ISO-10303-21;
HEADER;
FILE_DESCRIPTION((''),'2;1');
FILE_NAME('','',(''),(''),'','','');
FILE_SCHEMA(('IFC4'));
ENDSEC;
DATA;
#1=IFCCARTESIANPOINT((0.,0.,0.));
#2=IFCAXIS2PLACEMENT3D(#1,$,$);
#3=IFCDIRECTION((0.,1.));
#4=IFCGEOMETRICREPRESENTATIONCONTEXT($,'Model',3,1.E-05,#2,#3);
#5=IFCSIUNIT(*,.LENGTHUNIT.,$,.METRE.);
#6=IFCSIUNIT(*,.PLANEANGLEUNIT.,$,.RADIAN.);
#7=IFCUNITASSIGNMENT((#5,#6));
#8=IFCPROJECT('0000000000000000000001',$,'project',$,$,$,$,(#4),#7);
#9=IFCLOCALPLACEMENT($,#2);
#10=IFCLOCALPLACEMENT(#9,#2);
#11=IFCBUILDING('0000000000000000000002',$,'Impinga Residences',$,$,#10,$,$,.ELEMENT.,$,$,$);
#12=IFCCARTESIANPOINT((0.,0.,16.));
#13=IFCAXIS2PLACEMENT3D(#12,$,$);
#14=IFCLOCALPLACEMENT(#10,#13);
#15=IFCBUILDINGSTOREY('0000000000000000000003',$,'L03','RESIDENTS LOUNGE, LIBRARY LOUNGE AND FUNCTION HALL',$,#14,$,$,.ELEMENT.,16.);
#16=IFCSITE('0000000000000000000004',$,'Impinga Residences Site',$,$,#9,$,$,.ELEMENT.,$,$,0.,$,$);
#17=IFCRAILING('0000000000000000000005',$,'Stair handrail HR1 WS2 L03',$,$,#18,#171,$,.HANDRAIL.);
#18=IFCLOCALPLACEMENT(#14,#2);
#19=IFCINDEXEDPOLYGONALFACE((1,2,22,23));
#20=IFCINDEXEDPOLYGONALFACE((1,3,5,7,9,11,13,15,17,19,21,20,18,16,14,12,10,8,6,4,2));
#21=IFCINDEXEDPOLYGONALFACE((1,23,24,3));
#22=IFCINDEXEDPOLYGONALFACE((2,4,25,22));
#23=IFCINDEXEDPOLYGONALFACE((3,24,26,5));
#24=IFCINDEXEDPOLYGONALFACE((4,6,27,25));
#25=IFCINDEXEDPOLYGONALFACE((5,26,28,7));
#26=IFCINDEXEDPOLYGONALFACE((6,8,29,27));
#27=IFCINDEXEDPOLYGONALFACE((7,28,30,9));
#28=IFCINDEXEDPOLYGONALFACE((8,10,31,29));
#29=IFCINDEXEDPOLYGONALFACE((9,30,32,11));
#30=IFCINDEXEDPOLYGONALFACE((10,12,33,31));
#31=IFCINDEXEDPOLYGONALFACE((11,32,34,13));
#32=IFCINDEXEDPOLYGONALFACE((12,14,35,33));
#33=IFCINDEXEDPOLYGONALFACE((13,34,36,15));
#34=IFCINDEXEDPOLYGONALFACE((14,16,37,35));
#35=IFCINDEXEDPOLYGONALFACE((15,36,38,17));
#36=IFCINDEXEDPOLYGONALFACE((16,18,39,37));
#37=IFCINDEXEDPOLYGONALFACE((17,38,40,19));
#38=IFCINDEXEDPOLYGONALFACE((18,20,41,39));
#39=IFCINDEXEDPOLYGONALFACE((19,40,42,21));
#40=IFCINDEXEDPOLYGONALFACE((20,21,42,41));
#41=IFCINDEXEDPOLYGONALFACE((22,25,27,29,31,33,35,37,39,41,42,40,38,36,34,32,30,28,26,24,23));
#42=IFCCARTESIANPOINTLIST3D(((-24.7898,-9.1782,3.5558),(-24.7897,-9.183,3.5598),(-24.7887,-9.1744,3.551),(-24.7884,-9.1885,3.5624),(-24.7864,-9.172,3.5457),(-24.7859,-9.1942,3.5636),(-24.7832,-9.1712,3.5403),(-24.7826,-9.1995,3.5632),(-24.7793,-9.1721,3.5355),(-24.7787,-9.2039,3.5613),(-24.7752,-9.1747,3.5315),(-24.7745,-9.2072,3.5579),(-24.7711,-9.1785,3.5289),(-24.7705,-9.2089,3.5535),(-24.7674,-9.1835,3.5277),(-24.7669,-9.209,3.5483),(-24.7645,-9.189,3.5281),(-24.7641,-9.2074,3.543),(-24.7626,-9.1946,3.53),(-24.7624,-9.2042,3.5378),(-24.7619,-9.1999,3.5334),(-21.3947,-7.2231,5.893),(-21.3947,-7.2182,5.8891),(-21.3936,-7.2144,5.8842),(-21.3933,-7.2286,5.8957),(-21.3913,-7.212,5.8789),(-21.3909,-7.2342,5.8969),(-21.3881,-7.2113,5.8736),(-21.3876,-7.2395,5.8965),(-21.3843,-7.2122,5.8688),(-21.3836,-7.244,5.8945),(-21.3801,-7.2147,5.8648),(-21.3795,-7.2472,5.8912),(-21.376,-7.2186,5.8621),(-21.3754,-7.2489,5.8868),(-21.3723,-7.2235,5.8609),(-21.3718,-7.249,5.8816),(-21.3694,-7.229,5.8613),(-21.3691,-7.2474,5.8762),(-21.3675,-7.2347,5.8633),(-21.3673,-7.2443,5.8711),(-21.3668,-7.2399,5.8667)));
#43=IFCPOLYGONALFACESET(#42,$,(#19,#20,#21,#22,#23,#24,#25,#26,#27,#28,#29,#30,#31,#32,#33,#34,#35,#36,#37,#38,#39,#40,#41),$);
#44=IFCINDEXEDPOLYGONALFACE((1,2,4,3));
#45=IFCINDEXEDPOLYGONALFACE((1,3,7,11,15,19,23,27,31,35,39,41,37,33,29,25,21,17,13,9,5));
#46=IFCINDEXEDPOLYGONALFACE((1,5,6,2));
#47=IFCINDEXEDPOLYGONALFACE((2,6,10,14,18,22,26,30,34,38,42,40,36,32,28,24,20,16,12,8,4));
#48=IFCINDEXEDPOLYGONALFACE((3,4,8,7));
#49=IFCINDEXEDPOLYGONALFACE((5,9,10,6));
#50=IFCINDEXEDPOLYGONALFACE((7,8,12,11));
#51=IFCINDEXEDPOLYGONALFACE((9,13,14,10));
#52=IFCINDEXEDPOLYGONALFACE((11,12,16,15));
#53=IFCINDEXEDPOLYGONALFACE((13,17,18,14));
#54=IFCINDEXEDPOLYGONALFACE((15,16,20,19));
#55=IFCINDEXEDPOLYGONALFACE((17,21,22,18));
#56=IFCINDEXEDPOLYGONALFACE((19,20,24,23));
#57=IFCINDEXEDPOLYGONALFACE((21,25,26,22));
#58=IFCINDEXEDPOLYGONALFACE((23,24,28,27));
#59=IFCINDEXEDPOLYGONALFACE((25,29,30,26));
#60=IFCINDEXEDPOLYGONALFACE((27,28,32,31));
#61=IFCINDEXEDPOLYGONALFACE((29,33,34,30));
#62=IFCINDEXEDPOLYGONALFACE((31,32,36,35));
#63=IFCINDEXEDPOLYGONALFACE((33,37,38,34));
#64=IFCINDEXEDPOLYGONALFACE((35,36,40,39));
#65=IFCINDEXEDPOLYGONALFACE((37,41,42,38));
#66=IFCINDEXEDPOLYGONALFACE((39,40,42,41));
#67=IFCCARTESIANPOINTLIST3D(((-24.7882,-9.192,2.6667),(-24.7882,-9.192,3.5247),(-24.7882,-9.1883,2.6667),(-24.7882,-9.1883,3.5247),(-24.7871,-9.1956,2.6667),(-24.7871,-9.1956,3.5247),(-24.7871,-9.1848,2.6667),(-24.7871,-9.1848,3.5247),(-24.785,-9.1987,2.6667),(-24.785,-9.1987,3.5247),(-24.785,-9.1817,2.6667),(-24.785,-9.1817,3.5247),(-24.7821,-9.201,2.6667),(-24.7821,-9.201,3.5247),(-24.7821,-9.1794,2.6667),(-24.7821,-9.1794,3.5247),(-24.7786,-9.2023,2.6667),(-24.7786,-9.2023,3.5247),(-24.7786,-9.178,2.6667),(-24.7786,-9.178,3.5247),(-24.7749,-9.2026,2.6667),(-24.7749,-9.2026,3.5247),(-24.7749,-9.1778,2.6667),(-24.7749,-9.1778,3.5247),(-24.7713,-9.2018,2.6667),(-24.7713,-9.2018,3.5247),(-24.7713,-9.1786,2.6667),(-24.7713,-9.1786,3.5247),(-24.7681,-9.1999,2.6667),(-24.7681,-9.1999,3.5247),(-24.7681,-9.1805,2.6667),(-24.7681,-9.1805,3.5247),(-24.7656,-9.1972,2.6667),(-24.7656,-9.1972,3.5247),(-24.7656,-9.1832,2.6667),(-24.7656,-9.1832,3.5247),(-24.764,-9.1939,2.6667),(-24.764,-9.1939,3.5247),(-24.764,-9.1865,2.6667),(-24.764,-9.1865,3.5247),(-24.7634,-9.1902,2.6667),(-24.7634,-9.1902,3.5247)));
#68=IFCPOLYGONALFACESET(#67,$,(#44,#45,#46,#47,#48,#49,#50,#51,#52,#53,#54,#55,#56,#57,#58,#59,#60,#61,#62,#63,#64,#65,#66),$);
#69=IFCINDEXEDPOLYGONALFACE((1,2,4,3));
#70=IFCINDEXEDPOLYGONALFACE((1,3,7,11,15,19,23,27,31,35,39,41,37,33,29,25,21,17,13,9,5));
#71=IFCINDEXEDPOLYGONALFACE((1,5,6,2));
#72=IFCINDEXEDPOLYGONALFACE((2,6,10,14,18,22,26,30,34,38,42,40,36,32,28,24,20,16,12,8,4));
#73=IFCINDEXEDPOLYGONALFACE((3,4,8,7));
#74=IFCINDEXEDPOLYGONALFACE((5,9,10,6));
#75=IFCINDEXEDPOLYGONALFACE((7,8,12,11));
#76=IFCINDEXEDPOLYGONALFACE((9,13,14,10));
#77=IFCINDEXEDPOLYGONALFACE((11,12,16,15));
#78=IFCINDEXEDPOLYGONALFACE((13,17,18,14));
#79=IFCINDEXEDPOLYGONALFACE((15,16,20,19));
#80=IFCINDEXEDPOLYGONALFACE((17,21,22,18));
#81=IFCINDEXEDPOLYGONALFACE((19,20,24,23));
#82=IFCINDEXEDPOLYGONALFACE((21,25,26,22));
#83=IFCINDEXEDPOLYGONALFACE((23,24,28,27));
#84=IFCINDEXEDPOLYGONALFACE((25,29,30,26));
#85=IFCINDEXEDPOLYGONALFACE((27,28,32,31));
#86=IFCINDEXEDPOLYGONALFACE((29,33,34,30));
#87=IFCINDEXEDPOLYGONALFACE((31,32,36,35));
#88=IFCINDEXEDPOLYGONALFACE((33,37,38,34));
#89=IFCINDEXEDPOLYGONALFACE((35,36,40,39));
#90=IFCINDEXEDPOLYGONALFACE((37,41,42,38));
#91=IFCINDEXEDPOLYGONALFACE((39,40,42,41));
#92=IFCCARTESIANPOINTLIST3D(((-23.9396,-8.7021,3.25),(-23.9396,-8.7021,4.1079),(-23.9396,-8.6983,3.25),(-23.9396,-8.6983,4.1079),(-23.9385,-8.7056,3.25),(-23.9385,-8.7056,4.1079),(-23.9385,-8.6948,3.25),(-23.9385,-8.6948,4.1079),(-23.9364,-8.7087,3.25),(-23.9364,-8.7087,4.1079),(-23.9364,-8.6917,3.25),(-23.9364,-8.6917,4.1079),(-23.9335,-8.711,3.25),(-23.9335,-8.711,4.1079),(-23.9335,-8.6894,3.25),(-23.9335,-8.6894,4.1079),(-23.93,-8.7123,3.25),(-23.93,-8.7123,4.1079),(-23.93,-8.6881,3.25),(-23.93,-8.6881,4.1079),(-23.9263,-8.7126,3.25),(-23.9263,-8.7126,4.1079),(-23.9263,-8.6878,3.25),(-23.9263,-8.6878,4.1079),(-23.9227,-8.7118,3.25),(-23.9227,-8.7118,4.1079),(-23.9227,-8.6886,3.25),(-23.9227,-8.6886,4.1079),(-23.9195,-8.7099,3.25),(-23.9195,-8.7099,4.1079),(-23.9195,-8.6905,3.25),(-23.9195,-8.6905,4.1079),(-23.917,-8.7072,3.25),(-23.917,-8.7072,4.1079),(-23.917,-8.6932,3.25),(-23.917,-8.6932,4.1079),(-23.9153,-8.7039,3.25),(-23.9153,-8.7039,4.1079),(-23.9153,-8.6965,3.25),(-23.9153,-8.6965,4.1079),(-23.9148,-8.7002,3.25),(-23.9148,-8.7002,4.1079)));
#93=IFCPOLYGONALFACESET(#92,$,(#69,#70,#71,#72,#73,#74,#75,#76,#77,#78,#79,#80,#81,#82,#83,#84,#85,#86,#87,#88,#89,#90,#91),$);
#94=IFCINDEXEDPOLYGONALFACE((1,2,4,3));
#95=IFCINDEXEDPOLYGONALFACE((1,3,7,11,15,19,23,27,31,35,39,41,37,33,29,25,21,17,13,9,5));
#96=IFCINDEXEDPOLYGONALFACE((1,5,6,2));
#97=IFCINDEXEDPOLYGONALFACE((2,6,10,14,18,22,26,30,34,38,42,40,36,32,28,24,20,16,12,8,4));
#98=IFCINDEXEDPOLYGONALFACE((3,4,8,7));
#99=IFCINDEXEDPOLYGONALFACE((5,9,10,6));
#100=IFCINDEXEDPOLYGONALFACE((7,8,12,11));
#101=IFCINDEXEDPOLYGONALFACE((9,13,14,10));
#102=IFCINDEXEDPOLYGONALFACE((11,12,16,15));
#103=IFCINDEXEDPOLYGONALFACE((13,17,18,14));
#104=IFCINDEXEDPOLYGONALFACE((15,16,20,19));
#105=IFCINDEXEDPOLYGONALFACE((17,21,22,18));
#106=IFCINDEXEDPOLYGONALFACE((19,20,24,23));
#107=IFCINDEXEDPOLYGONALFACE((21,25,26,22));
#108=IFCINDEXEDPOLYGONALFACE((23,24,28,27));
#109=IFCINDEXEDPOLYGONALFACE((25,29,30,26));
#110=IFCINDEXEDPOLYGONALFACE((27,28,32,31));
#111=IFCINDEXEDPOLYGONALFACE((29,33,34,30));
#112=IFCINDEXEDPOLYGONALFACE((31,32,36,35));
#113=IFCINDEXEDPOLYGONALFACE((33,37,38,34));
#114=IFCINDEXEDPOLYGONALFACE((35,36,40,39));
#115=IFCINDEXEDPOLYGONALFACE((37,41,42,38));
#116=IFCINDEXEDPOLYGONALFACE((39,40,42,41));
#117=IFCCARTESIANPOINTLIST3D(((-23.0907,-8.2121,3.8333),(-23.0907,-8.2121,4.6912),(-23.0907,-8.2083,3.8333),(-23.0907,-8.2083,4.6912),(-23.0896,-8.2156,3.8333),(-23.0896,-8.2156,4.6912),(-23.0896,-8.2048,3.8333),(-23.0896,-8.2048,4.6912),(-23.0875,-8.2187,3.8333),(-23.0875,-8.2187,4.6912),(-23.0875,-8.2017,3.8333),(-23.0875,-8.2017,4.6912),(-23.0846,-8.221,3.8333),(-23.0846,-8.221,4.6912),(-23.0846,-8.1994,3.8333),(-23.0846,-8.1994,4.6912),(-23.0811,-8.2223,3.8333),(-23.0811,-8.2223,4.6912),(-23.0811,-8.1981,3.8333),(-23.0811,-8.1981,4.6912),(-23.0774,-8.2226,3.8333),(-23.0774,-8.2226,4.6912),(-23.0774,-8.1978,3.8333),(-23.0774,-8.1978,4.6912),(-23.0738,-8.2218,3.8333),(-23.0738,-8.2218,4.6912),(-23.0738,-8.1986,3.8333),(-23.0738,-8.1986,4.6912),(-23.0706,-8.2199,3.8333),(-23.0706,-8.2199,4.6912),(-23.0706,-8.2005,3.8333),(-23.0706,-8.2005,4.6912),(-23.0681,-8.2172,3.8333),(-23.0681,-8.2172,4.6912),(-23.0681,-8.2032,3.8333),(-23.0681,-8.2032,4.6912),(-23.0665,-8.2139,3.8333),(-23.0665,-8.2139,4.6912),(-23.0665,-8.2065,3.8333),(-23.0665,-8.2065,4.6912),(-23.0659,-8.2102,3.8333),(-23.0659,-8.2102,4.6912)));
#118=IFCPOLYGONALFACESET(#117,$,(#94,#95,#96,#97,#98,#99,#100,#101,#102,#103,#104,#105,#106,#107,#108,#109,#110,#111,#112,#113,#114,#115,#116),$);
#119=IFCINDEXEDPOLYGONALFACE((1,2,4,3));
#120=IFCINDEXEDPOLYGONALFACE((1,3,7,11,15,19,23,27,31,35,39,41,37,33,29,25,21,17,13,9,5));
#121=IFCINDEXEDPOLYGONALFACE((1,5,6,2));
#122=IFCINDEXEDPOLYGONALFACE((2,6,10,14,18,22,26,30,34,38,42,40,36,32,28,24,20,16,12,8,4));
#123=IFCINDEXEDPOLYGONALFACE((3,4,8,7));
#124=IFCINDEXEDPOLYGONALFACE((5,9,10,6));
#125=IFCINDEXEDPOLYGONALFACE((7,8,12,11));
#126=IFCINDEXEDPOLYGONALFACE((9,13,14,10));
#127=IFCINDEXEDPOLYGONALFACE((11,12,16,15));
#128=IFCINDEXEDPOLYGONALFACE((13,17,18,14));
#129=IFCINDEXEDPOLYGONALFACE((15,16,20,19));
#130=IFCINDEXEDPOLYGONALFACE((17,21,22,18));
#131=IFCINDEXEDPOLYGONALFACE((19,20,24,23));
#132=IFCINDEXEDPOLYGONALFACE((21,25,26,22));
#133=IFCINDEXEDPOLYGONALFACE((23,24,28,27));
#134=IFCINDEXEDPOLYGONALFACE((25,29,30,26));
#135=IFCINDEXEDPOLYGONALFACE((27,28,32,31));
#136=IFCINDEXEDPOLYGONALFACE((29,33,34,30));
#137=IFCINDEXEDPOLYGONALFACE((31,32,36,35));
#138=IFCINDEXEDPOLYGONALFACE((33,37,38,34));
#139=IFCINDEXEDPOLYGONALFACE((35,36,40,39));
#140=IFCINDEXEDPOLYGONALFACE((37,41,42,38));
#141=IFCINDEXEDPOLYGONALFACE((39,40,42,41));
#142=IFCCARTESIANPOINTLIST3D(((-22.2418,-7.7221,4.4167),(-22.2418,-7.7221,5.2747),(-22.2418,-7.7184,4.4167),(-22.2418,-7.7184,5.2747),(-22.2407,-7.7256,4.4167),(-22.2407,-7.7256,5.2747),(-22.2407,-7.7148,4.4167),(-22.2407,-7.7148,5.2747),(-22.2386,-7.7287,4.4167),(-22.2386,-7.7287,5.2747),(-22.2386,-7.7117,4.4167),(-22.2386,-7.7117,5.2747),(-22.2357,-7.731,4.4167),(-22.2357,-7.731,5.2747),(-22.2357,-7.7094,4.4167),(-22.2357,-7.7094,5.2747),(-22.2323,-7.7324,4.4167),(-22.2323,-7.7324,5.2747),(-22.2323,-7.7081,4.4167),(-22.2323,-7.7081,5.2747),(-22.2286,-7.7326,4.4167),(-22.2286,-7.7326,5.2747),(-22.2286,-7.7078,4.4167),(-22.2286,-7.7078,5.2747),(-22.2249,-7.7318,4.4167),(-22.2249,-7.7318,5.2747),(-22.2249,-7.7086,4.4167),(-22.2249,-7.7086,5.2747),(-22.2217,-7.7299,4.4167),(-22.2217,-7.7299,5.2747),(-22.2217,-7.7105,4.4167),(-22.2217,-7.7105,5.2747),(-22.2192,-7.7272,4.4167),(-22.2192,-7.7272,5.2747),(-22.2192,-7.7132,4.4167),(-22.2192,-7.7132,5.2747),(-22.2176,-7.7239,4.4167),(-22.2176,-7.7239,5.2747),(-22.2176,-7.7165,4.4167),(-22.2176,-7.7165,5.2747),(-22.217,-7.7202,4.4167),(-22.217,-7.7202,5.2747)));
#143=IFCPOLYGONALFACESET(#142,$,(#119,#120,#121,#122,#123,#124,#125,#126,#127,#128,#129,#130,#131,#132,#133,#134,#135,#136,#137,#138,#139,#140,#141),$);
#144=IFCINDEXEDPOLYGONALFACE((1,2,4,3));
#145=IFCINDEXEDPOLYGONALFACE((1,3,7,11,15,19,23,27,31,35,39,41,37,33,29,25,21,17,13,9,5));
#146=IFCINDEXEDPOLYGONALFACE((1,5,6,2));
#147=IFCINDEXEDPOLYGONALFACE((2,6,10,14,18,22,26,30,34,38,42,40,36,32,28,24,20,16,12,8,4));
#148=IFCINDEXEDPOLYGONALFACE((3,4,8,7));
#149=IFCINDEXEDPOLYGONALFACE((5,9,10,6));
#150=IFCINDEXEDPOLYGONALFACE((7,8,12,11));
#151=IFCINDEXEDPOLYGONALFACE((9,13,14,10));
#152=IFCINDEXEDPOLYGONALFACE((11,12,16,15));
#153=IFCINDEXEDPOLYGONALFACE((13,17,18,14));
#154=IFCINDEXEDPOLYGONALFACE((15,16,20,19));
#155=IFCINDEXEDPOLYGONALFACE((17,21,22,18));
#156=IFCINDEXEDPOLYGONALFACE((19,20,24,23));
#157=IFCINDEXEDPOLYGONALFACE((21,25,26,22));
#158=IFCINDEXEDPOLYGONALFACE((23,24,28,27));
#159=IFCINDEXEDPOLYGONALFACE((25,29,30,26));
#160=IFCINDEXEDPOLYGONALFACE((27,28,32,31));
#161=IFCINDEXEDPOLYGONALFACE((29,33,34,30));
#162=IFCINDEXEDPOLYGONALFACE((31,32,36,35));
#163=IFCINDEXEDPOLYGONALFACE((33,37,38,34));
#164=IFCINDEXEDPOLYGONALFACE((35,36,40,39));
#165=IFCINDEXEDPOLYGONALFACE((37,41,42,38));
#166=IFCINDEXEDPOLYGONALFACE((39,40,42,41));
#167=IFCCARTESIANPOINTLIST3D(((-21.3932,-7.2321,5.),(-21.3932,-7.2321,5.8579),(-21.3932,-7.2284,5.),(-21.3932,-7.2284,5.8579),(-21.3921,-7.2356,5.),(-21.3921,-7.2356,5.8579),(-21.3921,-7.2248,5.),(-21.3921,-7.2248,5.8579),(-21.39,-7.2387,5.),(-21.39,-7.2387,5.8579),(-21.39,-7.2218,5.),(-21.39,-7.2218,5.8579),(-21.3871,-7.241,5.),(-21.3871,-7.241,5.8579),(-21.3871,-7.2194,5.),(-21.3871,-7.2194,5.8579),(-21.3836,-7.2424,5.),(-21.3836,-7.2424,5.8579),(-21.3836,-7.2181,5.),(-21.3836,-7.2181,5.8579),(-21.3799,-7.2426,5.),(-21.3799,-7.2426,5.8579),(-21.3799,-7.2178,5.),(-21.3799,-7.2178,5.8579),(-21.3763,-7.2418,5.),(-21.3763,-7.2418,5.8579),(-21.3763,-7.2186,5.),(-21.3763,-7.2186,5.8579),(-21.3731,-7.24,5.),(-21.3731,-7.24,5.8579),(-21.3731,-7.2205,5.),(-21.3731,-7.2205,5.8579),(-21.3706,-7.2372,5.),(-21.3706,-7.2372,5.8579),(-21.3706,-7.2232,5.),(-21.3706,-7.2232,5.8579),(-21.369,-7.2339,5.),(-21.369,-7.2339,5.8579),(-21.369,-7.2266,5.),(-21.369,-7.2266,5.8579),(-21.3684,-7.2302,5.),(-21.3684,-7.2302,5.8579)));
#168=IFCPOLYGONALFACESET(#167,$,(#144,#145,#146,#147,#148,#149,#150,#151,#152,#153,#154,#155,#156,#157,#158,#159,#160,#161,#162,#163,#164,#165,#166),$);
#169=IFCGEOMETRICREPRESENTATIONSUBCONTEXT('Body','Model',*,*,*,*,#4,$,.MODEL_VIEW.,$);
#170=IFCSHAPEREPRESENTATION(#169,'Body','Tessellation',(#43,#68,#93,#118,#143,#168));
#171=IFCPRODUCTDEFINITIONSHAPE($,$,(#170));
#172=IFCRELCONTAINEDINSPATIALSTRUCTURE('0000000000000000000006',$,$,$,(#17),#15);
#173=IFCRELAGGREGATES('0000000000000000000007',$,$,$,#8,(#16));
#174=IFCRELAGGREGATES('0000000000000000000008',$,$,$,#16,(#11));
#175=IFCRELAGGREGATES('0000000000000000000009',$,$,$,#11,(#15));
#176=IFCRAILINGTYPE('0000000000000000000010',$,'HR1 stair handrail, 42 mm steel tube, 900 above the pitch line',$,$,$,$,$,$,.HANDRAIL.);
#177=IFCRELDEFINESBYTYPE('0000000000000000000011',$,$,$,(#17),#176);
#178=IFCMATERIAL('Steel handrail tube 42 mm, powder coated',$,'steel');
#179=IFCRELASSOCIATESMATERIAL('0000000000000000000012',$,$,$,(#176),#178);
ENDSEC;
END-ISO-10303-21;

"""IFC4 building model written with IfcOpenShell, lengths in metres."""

from ifc_helpers import new_model, si_unit, direction, frame, origin, origin_2d, place, context, subcontext, project, spatial, circle, extrude, material, type_object, element, save


model = new_model("IFC4")

# Units and contexts
model_context = context("Model", 3, precision=1e-05, world=origin(), true_north=direction((0.0, 1.0)))
body_context = subcontext(model_context, "Body", "Model", "MODEL_VIEW")
ifc_project = project(units=[si_unit("LENGTHUNIT", "METRE"), si_unit("PLANEANGLEUNIT", "RADIAN")], contexts=[model_context])

# Site, building, storey
site_placement = place(None, origin())
site = spatial("IfcSite", under=ifc_project, at=site_placement, Name="Impinga Residences Site", CompositionType="ELEMENT", RefElevation=0.0)
building_placement = place(site_placement, origin())
building = spatial("IfcBuilding", under=site, at=building_placement, Name="Impinga Residences", CompositionType="ELEMENT")
storey_placement = place(building_placement, frame((0.0, 0.0, 16.0)))
storey = spatial("IfcBuildingStorey", under=building, at=storey_placement, Name="L03", Description="RESIDENTS LOUNGE, LIBRARY LOUNGE AND FUNCTION HALL", CompositionType="ELEMENT", Elevation=16.0)

# Railing
ifc_material_1 = material(Name="Steel handrail tube 42 mm, powder coated", Category="steel")
railing_type_1 = type_object("IfcRailingType", Name="HR1 stair handrail, 42 mm steel tube, 900 above the pitch line", PredefinedType="HANDRAIL", material=ifc_material_1)
railing_1_placement = place(storey_placement, frame((-24.7759, -9.1902, 2.6667)))
element("IfcRailing", 1, at=railing_1_placement, inside=storey, type_object=railing_type_1, Name="Stair handrail HR1 WS2 L03", PredefinedType="HANDRAIL", context=body_context, shape_type="SweptSolid", body=[
    extrude(circle(Radius=0.021, at=origin_2d()), frame((0.0, 0.0, 0.8789), z_axis=(0.744199, 0.429629, 0.511456), x_axis=(-0.49997, 0.866042, 0.0)), (0.0, 0.0, 1.0), 4.562),
    extrude(circle(Radius=0.0125, at=origin_2d()), origin(), (0.0, 0.0, 1.0), 0.8579),
    extrude(circle(Radius=0.0125, at=origin_2d()), frame((0.8486, 0.49, 0.5833)), (0.0, 0.0, 1.0), 0.8579),
    extrude(circle(Radius=0.0125, at=origin_2d()), frame((1.6975, 0.98, 1.1665)), (0.0, 0.0, 1.0), 0.8579),
    extrude(circle(Radius=0.0125, at=origin_2d()), frame((2.5464, 1.47, 1.75)), (0.0, 0.0, 1.0), 0.8579),
    extrude(circle(Radius=0.0125, at=origin_2d()), frame((3.395, 1.96, 2.3333)), (0.0, 0.0, 1.0), 0.8579),
])

save(model, "model.ifc")
